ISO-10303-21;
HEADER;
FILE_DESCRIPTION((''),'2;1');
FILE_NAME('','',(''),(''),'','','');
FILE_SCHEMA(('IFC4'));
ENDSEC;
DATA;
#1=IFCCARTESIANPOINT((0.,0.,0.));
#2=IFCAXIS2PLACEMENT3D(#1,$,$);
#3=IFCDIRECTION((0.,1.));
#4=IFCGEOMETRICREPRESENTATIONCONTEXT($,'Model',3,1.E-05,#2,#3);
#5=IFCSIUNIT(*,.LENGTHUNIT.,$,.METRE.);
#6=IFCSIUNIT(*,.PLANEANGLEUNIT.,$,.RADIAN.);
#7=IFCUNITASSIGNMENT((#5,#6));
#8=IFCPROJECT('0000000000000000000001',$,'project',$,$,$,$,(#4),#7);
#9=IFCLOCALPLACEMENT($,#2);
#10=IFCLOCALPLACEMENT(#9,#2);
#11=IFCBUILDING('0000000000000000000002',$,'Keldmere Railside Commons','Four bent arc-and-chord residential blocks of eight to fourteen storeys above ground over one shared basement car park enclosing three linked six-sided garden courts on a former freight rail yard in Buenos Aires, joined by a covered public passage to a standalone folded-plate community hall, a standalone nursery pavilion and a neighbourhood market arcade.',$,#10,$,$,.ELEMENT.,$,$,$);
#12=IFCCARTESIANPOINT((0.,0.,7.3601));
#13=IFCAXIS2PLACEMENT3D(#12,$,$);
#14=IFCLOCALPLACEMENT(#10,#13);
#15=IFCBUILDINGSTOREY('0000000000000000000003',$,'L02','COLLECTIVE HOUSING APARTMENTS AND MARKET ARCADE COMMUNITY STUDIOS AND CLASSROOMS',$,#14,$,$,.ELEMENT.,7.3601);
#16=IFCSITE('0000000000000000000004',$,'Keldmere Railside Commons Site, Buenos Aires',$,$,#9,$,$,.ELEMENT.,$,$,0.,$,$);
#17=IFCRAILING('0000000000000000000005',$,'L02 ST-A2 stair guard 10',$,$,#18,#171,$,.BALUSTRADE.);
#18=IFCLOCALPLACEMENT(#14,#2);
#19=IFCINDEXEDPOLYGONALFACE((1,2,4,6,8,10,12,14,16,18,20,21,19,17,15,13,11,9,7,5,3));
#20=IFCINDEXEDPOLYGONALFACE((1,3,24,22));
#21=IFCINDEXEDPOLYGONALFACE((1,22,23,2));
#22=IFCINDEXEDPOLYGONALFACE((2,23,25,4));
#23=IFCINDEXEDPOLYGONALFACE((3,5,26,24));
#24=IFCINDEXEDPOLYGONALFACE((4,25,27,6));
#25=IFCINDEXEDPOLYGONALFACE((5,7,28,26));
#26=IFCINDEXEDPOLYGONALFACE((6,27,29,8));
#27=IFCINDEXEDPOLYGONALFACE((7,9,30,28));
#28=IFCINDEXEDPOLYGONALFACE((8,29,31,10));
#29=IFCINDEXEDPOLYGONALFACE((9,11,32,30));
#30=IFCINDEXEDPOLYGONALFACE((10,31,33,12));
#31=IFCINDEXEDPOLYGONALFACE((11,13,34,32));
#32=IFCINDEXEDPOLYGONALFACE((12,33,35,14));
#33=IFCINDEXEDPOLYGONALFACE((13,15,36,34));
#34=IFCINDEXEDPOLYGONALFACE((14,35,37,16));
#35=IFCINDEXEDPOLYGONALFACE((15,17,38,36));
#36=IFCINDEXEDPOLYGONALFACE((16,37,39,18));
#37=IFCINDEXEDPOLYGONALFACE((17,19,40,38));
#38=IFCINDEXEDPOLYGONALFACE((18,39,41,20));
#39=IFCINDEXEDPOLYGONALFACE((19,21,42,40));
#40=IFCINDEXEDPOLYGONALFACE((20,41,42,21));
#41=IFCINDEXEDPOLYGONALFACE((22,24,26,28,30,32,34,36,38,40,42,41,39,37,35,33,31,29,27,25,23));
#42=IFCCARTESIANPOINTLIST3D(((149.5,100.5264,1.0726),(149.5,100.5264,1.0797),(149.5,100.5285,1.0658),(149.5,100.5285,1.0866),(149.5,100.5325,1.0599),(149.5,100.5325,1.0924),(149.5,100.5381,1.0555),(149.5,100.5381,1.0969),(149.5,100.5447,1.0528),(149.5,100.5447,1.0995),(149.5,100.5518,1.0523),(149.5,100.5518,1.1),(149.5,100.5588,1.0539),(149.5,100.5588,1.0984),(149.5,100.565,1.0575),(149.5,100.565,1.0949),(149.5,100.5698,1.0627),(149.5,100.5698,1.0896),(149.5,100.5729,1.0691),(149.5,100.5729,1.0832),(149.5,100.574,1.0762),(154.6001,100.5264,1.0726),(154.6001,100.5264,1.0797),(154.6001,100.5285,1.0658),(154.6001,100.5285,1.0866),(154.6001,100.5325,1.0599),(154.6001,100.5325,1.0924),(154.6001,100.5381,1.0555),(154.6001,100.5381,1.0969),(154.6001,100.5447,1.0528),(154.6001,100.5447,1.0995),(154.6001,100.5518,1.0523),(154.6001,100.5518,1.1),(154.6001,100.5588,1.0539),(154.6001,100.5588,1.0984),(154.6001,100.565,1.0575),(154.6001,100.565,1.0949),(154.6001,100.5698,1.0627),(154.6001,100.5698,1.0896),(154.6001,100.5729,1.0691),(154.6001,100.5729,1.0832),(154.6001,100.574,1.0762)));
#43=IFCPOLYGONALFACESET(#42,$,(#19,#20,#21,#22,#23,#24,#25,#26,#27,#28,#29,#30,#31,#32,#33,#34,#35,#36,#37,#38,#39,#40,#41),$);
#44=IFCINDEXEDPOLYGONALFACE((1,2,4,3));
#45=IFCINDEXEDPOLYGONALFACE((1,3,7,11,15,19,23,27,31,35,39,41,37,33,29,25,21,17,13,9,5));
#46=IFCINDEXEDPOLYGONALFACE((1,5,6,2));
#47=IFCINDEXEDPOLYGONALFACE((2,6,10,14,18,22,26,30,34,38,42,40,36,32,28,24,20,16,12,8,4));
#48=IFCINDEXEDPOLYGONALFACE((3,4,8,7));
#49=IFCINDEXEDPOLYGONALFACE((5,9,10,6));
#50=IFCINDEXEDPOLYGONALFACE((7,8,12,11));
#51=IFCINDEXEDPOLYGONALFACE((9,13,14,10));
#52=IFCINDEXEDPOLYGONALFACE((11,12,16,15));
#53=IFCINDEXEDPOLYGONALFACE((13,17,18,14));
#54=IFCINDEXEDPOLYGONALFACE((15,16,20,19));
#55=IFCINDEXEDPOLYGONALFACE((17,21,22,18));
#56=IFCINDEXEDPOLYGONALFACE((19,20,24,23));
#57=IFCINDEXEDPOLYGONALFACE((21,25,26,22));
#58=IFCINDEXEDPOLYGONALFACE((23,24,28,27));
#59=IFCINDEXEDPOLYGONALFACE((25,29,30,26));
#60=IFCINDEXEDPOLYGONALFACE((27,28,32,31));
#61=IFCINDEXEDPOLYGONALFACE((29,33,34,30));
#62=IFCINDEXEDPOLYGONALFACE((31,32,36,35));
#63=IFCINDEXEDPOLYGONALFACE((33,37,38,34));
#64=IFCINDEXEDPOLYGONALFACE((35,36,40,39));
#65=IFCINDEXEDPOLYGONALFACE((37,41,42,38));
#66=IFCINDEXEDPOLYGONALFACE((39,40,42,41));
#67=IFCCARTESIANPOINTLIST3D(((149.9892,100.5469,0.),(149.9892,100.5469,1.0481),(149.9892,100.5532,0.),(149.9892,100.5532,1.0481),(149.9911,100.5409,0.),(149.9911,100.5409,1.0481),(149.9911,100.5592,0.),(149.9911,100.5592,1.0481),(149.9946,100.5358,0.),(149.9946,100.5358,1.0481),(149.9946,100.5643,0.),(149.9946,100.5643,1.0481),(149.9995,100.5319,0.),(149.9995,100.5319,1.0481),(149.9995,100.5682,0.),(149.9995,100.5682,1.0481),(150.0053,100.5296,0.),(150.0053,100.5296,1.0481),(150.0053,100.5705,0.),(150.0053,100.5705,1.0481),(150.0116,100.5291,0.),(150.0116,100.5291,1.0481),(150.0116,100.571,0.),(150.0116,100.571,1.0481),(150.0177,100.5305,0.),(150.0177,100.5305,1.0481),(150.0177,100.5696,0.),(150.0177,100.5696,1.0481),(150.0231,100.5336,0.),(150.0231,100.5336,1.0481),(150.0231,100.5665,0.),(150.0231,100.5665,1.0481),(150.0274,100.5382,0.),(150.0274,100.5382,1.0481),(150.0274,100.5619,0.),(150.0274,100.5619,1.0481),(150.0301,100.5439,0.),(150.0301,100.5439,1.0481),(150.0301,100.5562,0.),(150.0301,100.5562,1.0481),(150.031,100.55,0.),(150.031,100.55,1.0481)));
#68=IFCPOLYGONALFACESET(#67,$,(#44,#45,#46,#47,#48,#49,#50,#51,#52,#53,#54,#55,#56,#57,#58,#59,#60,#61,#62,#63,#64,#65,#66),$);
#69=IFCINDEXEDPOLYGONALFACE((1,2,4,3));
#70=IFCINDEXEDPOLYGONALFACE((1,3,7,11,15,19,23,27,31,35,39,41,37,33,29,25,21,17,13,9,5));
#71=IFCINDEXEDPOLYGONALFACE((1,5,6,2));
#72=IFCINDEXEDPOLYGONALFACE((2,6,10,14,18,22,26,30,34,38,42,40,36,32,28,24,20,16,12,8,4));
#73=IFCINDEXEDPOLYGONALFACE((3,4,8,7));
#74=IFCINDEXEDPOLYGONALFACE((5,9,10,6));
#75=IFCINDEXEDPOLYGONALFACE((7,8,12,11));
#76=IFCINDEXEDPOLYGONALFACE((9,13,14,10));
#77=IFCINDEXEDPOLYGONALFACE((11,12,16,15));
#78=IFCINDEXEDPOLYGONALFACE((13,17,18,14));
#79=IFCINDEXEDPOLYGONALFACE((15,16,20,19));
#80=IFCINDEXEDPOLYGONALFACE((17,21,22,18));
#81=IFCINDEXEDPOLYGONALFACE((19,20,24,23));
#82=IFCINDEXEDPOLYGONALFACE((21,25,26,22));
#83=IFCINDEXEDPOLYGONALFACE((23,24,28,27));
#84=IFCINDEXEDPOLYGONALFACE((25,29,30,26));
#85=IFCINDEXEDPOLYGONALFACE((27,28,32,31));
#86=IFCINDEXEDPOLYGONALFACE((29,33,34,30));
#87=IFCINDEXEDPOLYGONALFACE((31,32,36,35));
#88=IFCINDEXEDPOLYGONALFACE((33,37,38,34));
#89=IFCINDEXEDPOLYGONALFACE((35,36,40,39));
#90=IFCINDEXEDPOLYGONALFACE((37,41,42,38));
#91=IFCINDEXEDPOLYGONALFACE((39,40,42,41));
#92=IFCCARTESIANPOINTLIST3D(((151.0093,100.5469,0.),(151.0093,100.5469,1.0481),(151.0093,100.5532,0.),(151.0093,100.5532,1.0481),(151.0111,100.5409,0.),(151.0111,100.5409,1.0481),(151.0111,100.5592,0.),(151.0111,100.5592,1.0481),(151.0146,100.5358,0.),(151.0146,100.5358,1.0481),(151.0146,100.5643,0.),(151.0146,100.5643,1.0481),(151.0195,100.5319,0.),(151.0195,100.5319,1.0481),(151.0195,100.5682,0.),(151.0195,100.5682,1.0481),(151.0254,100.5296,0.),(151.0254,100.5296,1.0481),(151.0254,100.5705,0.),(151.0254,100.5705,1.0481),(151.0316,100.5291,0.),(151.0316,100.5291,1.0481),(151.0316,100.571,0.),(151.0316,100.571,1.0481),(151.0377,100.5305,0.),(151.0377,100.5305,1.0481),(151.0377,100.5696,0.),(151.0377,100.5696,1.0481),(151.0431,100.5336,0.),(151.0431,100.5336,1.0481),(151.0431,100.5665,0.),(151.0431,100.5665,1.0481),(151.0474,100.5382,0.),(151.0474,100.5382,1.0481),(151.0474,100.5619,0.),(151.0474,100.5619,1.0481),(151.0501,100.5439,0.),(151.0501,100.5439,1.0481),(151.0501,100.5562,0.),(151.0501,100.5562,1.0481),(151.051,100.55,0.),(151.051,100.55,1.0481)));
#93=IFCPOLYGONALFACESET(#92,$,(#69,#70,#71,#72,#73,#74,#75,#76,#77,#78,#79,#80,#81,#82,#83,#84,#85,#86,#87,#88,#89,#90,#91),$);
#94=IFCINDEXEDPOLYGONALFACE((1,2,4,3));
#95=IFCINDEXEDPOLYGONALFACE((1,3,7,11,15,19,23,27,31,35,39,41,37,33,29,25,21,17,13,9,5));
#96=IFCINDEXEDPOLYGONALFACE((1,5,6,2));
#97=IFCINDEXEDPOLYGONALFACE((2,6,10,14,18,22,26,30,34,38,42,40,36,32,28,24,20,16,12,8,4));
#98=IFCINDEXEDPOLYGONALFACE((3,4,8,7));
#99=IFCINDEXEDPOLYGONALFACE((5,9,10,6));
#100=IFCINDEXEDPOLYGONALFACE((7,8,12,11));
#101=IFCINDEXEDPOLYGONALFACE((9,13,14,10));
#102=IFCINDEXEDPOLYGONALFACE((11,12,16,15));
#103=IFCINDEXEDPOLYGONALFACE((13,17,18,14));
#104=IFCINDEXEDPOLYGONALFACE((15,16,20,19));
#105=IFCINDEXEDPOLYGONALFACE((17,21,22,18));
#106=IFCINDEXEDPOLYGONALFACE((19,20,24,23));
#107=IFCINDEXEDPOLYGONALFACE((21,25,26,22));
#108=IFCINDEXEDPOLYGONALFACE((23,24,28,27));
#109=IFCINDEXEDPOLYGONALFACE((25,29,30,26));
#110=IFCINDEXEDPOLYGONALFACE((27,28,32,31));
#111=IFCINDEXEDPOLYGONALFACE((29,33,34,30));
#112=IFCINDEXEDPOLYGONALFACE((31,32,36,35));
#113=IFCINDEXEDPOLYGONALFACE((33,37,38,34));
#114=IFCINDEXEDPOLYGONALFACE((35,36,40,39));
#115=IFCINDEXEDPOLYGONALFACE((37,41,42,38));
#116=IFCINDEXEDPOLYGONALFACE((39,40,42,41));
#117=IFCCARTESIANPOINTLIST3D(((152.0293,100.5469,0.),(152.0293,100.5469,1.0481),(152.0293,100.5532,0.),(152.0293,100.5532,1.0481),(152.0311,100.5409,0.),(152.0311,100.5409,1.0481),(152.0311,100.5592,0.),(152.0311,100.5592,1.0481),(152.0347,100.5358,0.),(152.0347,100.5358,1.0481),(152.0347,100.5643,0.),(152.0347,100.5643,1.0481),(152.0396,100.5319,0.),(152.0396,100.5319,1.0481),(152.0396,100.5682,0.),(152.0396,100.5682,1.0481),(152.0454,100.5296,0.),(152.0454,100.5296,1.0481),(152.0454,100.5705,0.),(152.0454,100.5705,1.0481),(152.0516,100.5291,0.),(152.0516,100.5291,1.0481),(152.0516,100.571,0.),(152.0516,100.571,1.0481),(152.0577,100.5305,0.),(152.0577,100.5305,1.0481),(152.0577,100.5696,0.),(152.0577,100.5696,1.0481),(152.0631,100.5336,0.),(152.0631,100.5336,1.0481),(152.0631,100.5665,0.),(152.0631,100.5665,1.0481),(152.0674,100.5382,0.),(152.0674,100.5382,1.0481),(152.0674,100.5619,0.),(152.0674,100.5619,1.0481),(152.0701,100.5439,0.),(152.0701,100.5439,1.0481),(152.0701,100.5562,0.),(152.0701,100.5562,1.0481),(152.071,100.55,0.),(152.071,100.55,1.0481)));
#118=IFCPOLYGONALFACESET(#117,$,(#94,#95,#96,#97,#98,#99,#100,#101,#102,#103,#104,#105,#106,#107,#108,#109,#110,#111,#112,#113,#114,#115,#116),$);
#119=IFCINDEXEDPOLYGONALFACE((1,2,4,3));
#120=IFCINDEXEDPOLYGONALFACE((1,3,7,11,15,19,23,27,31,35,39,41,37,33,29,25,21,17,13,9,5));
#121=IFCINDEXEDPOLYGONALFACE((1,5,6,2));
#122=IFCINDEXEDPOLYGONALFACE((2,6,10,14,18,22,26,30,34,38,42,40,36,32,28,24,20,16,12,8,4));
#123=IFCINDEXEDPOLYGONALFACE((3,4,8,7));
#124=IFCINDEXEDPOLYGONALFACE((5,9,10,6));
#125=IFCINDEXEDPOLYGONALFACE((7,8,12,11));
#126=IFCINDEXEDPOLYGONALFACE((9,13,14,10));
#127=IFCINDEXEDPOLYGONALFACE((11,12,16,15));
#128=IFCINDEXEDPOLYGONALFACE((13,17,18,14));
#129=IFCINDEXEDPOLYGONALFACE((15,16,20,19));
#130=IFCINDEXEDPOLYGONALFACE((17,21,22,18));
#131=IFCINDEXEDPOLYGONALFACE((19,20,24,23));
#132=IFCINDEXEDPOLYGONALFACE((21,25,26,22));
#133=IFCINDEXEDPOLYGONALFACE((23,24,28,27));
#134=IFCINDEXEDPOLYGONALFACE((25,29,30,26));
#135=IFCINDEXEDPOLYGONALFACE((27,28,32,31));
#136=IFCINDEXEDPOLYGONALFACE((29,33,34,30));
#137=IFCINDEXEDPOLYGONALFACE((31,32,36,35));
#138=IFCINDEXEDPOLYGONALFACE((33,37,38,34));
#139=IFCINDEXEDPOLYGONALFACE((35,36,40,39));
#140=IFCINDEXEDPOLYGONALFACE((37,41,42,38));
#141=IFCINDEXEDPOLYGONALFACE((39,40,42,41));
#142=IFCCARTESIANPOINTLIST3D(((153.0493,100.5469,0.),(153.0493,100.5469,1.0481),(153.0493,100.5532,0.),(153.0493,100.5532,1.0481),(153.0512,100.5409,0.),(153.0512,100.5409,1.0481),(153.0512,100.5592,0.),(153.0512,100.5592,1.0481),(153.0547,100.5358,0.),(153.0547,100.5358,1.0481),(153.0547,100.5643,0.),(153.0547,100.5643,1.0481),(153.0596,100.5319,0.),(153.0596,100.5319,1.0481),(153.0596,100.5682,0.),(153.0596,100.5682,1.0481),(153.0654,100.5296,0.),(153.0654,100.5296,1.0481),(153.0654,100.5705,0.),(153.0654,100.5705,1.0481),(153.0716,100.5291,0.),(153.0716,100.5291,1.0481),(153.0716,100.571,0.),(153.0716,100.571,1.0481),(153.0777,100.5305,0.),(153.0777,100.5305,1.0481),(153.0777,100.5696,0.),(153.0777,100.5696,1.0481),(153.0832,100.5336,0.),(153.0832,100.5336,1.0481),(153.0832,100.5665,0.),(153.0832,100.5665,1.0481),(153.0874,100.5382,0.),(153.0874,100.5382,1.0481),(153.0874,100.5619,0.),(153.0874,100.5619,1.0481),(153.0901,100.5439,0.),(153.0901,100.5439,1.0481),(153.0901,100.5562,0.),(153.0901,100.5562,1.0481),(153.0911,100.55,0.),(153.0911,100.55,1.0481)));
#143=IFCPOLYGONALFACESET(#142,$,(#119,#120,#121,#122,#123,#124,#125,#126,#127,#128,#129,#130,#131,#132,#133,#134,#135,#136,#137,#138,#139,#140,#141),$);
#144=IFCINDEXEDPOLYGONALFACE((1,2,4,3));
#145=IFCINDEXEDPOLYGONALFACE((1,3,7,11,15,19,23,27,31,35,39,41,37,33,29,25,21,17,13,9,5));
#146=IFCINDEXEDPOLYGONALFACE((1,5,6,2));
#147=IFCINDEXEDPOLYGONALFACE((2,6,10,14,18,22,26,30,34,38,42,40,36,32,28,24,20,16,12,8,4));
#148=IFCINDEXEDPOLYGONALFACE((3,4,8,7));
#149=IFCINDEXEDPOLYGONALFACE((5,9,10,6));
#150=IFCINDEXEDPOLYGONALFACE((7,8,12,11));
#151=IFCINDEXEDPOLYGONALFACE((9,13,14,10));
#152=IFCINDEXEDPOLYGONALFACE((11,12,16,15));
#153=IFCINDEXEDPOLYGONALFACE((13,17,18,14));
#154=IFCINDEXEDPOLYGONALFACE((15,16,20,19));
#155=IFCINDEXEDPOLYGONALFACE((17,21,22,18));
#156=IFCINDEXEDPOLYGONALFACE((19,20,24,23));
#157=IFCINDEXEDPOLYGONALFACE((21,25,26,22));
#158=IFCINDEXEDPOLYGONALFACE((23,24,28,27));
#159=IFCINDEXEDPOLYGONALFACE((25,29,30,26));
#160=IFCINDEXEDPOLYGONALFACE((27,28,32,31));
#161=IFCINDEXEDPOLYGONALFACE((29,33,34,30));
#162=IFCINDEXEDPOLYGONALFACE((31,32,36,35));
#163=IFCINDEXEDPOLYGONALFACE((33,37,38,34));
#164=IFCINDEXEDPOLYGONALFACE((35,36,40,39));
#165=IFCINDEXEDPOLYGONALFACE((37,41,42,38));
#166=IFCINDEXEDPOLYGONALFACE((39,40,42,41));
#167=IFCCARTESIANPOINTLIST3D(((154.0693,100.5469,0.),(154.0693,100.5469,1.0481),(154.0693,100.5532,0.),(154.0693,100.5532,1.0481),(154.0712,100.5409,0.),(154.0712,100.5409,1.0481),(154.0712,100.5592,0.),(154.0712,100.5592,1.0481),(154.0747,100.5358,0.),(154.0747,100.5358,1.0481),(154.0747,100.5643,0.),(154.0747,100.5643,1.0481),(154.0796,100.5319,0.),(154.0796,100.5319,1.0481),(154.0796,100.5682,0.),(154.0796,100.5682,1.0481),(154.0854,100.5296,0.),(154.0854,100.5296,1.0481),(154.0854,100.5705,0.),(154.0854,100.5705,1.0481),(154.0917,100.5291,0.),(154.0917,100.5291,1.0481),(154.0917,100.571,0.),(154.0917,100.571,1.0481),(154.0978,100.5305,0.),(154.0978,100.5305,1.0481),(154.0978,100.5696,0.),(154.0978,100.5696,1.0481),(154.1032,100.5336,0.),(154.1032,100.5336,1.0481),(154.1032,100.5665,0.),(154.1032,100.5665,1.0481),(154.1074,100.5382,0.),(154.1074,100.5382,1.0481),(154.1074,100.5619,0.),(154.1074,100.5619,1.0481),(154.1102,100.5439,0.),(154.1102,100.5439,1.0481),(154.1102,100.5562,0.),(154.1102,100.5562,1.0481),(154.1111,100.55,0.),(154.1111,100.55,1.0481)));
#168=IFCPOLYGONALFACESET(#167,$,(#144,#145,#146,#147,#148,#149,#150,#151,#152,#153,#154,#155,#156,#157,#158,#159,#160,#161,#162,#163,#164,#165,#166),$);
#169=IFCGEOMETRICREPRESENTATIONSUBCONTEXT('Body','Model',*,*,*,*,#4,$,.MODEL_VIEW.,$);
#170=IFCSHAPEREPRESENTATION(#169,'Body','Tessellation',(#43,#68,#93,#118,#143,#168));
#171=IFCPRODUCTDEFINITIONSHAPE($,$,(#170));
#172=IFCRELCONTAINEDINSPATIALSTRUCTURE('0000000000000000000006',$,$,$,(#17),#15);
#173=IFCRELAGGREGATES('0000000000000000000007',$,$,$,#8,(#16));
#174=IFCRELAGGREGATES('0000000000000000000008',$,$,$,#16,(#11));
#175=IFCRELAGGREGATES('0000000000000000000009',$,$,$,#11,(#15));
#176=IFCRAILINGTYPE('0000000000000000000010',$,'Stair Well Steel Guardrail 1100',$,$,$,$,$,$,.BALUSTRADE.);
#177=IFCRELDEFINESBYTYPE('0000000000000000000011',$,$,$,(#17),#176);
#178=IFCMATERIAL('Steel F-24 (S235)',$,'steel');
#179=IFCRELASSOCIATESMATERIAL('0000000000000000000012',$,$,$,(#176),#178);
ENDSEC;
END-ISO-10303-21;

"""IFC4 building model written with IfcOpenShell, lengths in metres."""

from ifc_helpers import new_model, si_unit, direction, frame, origin, origin_2d, place, context, subcontext, project, spatial, circle, extrude, material, type_object, element, save


model = new_model("IFC4")

# Units and contexts
model_context = context("Model", 3, precision=1e-05, world=origin(), true_north=direction((0.0, 1.0)))
body_context = subcontext(model_context, "Body", "Model", "MODEL_VIEW")
ifc_project = project(units=[si_unit("LENGTHUNIT", "METRE"), si_unit("PLANEANGLEUNIT", "RADIAN")], contexts=[model_context])

# Site, building, storey
site_placement = place(None, origin())
site = spatial("IfcSite", under=ifc_project, at=site_placement, Name="Keldmere Railside Commons Site, Buenos Aires", CompositionType="ELEMENT", RefElevation=0.0)
building_placement = place(site_placement, origin())
building = spatial("IfcBuilding", under=site, at=building_placement, Name="Keldmere Railside Commons", Description="Four bent arc-and-chord residential blocks of eight to fourteen storeys above ground over one shared basement car park enclosing three linked six-sided garden courts on a former freight rail yard in Buenos Aires, joined by a covered public passage to a standalone folded-plate community hall, a standalone nursery pavilion and a neighbourhood market arcade.", CompositionType="ELEMENT")
storey_placement = place(building_placement, frame((0.0, 0.0, 7.3601)))
storey = spatial("IfcBuildingStorey", under=building, at=storey_placement, Name="L02", Description="COLLECTIVE HOUSING APARTMENTS AND MARKET ARCADE COMMUNITY STUDIOS AND CLASSROOMS", CompositionType="ELEMENT", Elevation=7.3601)

# Railing
ifc_material_1 = material(Name="Steel F-24 (S235)", Category="steel")
railing_type_1 = type_object("IfcRailingType", Name="Stair Well Steel Guardrail 1100", PredefinedType="BALUSTRADE", material=ifc_material_1)
railing_1_placement = place(storey_placement, frame((149.5, 100.55, 0.0)))
element("IfcRailing", 1, at=railing_1_placement, inside=storey, type_object=railing_type_1, Name="L02 ST-A2 stair guard 10", PredefinedType="BALUSTRADE", context=body_context, shape_type="SweptSolid", body=[
    extrude(circle(Radius=0.0239, at=origin_2d()), frame((0.0, 0.0, 1.0762), z_axis=(1.0, 0.0, 0.0), x_axis=(0.0, 1.0, 0.0)), (0.0, 0.0, 1.0), 5.1001),
    extrude(circle(Radius=0.021, at=origin_2d()), frame((0.51, 0.0, 0.0)), (0.0, 0.0, 1.0), 1.0481),
    extrude(circle(Radius=0.021, at=origin_2d()), frame((1.53, 0.0, 0.0)), (0.0, 0.0, 1.0), 1.0481),
    extrude(circle(Radius=0.021, at=origin_2d()), frame((2.55, 0.0, 0.0)), (0.0, 0.0, 1.0), 1.0481),
    extrude(circle(Radius=0.021, at=origin_2d()), frame((3.5701, 0.0, 0.0)), (0.0, 0.0, 1.0), 1.0481),
    extrude(circle(Radius=0.021, at=origin_2d()), frame((4.5901, 0.0, 0.0)), (0.0, 0.0, 1.0), 1.0481),
])

save(model, "model.ifc")
